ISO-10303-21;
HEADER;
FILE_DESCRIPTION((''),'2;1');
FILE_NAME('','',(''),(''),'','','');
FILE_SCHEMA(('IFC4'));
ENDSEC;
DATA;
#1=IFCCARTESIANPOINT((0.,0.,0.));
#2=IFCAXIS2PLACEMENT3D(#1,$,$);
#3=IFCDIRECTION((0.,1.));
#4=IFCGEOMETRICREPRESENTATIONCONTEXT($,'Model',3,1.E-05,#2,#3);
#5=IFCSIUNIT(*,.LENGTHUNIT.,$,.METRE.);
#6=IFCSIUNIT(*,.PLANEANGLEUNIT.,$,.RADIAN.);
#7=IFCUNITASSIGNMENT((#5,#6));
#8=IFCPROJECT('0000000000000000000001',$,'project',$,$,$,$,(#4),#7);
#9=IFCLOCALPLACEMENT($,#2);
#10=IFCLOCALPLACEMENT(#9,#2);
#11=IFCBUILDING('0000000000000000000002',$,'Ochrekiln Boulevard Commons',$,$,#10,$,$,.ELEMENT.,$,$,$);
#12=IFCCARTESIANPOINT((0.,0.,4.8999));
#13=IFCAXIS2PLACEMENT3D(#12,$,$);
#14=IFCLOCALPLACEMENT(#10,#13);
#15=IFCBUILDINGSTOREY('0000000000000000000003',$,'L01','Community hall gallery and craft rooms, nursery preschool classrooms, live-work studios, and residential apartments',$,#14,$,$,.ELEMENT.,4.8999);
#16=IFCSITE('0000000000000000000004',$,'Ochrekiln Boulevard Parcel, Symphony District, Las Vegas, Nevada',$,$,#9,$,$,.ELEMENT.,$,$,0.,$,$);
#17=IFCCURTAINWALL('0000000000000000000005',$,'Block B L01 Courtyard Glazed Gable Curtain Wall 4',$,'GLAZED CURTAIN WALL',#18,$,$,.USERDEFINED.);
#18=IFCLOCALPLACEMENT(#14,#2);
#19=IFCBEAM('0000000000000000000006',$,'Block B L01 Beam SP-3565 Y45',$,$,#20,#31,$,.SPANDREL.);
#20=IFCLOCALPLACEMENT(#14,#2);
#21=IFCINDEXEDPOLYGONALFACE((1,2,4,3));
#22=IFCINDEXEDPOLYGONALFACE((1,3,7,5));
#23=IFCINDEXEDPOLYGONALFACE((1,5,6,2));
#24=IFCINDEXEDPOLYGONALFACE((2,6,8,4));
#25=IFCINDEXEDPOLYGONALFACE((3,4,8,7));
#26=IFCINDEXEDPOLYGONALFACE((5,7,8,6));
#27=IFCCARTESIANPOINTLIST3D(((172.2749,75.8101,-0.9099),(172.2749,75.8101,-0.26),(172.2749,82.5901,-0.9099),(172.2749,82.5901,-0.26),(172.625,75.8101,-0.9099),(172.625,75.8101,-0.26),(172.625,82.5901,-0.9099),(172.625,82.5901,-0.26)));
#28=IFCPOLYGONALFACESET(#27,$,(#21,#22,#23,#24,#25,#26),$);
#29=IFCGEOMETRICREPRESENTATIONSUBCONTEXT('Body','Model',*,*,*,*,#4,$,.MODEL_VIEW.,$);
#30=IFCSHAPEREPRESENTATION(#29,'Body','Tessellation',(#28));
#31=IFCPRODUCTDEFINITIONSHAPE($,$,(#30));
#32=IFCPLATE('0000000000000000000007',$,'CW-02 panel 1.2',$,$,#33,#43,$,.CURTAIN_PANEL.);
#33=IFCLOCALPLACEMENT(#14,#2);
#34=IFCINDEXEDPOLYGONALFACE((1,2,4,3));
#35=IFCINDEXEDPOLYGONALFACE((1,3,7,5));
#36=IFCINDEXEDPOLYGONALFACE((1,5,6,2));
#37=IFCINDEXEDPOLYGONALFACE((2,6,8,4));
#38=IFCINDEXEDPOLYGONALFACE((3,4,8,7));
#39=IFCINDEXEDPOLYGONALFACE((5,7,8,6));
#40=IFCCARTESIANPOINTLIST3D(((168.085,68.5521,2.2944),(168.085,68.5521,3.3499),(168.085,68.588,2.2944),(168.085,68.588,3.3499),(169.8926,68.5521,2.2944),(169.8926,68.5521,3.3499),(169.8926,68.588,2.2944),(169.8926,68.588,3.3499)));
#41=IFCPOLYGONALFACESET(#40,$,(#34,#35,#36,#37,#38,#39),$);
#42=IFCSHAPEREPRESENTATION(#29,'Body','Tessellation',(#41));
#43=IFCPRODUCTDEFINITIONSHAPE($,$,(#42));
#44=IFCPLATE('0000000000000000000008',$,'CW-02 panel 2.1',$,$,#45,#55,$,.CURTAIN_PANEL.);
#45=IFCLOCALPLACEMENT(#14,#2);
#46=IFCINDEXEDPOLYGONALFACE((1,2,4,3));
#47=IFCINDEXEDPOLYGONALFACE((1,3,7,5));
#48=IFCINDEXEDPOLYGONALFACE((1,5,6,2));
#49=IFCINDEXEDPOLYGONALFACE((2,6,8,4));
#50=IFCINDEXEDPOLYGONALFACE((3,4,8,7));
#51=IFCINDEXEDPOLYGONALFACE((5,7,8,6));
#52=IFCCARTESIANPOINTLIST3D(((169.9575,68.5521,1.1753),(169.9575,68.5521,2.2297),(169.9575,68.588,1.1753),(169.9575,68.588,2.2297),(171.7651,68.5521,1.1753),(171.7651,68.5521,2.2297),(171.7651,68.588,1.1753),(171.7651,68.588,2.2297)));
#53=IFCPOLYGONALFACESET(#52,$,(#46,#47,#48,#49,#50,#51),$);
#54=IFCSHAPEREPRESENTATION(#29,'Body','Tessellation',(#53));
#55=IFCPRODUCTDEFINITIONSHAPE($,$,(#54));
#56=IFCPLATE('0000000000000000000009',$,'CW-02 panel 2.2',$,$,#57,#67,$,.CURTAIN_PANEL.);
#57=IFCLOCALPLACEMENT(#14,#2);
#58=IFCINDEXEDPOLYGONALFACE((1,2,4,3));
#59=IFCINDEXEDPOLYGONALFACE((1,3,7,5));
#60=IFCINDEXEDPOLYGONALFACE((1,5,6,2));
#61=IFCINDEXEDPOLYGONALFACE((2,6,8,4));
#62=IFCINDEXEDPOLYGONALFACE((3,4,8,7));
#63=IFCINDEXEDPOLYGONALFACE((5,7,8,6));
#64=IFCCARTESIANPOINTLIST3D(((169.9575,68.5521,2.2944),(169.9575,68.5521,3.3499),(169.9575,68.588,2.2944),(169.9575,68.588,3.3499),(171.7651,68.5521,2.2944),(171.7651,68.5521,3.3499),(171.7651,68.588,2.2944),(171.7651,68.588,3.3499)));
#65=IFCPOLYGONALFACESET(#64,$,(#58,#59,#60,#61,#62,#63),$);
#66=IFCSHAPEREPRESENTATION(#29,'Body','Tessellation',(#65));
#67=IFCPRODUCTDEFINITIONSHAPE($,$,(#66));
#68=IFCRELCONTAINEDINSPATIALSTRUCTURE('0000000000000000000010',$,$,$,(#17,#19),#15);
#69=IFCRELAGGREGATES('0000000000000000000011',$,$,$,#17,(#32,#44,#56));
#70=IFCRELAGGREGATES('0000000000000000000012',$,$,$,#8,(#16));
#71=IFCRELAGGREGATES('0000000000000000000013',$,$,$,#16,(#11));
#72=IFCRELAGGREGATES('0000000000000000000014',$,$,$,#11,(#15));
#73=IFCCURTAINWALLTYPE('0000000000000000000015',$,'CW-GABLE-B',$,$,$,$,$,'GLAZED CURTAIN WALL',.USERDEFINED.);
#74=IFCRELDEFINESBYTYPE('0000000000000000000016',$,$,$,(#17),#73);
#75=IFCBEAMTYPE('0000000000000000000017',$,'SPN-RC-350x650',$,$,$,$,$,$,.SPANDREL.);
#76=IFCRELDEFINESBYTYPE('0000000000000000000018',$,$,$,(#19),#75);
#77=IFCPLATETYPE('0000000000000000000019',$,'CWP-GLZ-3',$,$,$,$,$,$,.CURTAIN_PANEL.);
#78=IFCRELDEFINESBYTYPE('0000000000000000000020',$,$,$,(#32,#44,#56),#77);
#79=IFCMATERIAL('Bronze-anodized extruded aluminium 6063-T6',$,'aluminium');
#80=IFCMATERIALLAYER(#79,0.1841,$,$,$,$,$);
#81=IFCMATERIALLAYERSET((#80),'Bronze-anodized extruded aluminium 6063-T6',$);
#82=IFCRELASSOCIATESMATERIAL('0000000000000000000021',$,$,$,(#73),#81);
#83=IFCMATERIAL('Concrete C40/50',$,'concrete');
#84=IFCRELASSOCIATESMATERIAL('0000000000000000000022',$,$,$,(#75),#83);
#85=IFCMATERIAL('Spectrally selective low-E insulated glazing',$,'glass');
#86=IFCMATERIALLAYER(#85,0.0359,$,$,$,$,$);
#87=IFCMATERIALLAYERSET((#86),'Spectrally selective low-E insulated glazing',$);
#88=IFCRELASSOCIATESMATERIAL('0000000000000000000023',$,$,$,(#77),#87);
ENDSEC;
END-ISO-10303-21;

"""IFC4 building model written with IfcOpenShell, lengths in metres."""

from ifc_helpers import new_model, si_unit, direction, frame, origin, origin_2d, place, context, subcontext, project, spatial, rectangle, extrude, material, layer, layer_set, material_profile, profile_set, type_object, element, aggregate, save


model = new_model("IFC4")

# Units and contexts
model_context = context("Model", 3, precision=1e-05, world=origin(), true_north=direction((0.0, 1.0)))
body_context = subcontext(model_context, "Body", "Model", "MODEL_VIEW")
ifc_project = project(units=[si_unit("LENGTHUNIT", "METRE"), si_unit("PLANEANGLEUNIT", "RADIAN")], contexts=[model_context])

# Site, building, storey
site_placement = place(None, origin())
site = spatial("IfcSite", under=ifc_project, at=site_placement, Name="Ochrekiln Boulevard Parcel, Symphony District, Las Vegas, Nevada", CompositionType="ELEMENT", RefElevation=0.0)
building_placement = place(site_placement, origin())
building = spatial("IfcBuilding", under=site, at=building_placement, Name="Ochrekiln Boulevard Commons", CompositionType="ELEMENT")
storey_placement = place(building_placement, frame((0.0, 0.0, 4.8999)))
storey = spatial("IfcBuildingStorey", under=building, at=storey_placement, Name="L01", Description="Community hall gallery and craft rooms, nursery preschool classrooms, live-work studios, and residential apartments", CompositionType="ELEMENT", Elevation=4.8999)

# Shared definitions
ifc_material_1 = material(Name="Concrete C40/50", Category="concrete")

# Curtain wall
ifc_material_2 = material(Name="Bronze-anodized extruded aluminium 6063-T6", Category="aluminium")
ifc_layer_1 = layer(ifc_material_2, 0.1841)
ifc_layer_set_1 = layer_set([ifc_layer_1], Name="Bronze-anodized extruded aluminium 6063-T6")
curtain_wall_type = type_object("IfcCurtainWallType", Name="CW-GABLE-B", ElementType="GLAZED CURTAIN WALL", PredefinedType="USERDEFINED", material=ifc_layer_set_1)
curtain_wall_placement = place(storey_placement, origin())
curtain_wall = element("IfcCurtainWall", 1, at=curtain_wall_placement, inside=storey, type_object=curtain_wall_type, Name="Block B L01 Courtyard Glazed Gable Curtain Wall 4", ObjectType="GLAZED CURTAIN WALL", PredefinedType="USERDEFINED")

# Beam
ifc_material_profile_1 = material_profile(ifc_material_1, rectangle(XDim=0.3501, YDim=0.6499, at=origin_2d()), Name="RC-SPN-350x650")
ifc_profile_set_1 = profile_set([ifc_material_profile_1], Name="Concrete C40/50")
beam_type_1 = type_object("IfcBeamType", Name="SPN-RC-350x650", PredefinedType="SPANDREL", material=ifc_profile_set_1)
beam_1_placement = place(storey_placement, frame((172.45, 75.8101, -0.585), z_axis=(0.0, 1.0, 0.0), x_axis=(-1.0, 0.0, 0.0)))
element("IfcBeam", 2, at=beam_1_placement, inside=storey, type_object=beam_type_1, Name="Block B L01 Beam SP-3565 Y45", PredefinedType="SPANDREL", context=body_context, shape_type="SweptSolid", body=[
    extrude(rectangle(XDim=0.3501, YDim=0.6499, at=origin_2d()), origin(), (0.0, 0.0, 1.0), 6.78),
])

# Plates
ifc_material_3 = material(Name="Spectrally selective low-E insulated glazing", Category="glass")
ifc_layer_2 = layer(ifc_material_3, 0.0359)
ifc_layer_set_2 = layer_set([ifc_layer_2], Name="Spectrally selective low-E insulated glazing")
plate_type = type_object("IfcPlateType", Name="CWP-GLZ-3", PredefinedType="CURTAIN_PANEL", material=ifc_layer_set_2)
plate_1_placement = place(storey_placement, frame((168.9888, 68.5701, 2.2944), z_axis=(0.0, 0.0, 1.0), x_axis=(1.0, 0.0, 0.0)))
plate_1 = element("IfcPlate", 3, at=plate_1_placement, type_object=plate_type, Name="CW-02 panel 1.2", PredefinedType="CURTAIN_PANEL", context=body_context, shape_type="SweptSolid", body=[
    extrude(rectangle(XDim=1.8076, YDim=0.0359, at=origin_2d()), origin(), (0.0, 0.0, 1.0), 1.0554),
])
plate_2_placement = place(storey_placement, frame((170.8613, 68.5701, 1.1753), z_axis=(0.0, 0.0, 1.0), x_axis=(1.0, 0.0, 0.0)))
plate_2 = element("IfcPlate", 4, at=plate_2_placement, type_object=plate_type, Name="CW-02 panel 2.1", PredefinedType="CURTAIN_PANEL", context=body_context, shape_type="SweptSolid", body=[
    extrude(rectangle(XDim=1.8076, YDim=0.0359, at=origin_2d()), origin(), (0.0, 0.0, 1.0), 1.0544),
])
plate_3_placement = place(storey_placement, frame((170.8613, 68.5701, 2.2944), z_axis=(0.0, 0.0, 1.0), x_axis=(1.0, 0.0, 0.0)))
plate_3 = element("IfcPlate", 5, at=plate_3_placement, type_object=plate_type, Name="CW-02 panel 2.2", PredefinedType="CURTAIN_PANEL", context=body_context, shape_type="SweptSolid", body=[
    extrude(rectangle(XDim=1.8076, YDim=0.0359, at=origin_2d()), origin(), (0.0, 0.0, 1.0), 1.0554),
])
aggregate(curtain_wall, [plate_1, plate_2, plate_3])

save(model, "model.ifc")
